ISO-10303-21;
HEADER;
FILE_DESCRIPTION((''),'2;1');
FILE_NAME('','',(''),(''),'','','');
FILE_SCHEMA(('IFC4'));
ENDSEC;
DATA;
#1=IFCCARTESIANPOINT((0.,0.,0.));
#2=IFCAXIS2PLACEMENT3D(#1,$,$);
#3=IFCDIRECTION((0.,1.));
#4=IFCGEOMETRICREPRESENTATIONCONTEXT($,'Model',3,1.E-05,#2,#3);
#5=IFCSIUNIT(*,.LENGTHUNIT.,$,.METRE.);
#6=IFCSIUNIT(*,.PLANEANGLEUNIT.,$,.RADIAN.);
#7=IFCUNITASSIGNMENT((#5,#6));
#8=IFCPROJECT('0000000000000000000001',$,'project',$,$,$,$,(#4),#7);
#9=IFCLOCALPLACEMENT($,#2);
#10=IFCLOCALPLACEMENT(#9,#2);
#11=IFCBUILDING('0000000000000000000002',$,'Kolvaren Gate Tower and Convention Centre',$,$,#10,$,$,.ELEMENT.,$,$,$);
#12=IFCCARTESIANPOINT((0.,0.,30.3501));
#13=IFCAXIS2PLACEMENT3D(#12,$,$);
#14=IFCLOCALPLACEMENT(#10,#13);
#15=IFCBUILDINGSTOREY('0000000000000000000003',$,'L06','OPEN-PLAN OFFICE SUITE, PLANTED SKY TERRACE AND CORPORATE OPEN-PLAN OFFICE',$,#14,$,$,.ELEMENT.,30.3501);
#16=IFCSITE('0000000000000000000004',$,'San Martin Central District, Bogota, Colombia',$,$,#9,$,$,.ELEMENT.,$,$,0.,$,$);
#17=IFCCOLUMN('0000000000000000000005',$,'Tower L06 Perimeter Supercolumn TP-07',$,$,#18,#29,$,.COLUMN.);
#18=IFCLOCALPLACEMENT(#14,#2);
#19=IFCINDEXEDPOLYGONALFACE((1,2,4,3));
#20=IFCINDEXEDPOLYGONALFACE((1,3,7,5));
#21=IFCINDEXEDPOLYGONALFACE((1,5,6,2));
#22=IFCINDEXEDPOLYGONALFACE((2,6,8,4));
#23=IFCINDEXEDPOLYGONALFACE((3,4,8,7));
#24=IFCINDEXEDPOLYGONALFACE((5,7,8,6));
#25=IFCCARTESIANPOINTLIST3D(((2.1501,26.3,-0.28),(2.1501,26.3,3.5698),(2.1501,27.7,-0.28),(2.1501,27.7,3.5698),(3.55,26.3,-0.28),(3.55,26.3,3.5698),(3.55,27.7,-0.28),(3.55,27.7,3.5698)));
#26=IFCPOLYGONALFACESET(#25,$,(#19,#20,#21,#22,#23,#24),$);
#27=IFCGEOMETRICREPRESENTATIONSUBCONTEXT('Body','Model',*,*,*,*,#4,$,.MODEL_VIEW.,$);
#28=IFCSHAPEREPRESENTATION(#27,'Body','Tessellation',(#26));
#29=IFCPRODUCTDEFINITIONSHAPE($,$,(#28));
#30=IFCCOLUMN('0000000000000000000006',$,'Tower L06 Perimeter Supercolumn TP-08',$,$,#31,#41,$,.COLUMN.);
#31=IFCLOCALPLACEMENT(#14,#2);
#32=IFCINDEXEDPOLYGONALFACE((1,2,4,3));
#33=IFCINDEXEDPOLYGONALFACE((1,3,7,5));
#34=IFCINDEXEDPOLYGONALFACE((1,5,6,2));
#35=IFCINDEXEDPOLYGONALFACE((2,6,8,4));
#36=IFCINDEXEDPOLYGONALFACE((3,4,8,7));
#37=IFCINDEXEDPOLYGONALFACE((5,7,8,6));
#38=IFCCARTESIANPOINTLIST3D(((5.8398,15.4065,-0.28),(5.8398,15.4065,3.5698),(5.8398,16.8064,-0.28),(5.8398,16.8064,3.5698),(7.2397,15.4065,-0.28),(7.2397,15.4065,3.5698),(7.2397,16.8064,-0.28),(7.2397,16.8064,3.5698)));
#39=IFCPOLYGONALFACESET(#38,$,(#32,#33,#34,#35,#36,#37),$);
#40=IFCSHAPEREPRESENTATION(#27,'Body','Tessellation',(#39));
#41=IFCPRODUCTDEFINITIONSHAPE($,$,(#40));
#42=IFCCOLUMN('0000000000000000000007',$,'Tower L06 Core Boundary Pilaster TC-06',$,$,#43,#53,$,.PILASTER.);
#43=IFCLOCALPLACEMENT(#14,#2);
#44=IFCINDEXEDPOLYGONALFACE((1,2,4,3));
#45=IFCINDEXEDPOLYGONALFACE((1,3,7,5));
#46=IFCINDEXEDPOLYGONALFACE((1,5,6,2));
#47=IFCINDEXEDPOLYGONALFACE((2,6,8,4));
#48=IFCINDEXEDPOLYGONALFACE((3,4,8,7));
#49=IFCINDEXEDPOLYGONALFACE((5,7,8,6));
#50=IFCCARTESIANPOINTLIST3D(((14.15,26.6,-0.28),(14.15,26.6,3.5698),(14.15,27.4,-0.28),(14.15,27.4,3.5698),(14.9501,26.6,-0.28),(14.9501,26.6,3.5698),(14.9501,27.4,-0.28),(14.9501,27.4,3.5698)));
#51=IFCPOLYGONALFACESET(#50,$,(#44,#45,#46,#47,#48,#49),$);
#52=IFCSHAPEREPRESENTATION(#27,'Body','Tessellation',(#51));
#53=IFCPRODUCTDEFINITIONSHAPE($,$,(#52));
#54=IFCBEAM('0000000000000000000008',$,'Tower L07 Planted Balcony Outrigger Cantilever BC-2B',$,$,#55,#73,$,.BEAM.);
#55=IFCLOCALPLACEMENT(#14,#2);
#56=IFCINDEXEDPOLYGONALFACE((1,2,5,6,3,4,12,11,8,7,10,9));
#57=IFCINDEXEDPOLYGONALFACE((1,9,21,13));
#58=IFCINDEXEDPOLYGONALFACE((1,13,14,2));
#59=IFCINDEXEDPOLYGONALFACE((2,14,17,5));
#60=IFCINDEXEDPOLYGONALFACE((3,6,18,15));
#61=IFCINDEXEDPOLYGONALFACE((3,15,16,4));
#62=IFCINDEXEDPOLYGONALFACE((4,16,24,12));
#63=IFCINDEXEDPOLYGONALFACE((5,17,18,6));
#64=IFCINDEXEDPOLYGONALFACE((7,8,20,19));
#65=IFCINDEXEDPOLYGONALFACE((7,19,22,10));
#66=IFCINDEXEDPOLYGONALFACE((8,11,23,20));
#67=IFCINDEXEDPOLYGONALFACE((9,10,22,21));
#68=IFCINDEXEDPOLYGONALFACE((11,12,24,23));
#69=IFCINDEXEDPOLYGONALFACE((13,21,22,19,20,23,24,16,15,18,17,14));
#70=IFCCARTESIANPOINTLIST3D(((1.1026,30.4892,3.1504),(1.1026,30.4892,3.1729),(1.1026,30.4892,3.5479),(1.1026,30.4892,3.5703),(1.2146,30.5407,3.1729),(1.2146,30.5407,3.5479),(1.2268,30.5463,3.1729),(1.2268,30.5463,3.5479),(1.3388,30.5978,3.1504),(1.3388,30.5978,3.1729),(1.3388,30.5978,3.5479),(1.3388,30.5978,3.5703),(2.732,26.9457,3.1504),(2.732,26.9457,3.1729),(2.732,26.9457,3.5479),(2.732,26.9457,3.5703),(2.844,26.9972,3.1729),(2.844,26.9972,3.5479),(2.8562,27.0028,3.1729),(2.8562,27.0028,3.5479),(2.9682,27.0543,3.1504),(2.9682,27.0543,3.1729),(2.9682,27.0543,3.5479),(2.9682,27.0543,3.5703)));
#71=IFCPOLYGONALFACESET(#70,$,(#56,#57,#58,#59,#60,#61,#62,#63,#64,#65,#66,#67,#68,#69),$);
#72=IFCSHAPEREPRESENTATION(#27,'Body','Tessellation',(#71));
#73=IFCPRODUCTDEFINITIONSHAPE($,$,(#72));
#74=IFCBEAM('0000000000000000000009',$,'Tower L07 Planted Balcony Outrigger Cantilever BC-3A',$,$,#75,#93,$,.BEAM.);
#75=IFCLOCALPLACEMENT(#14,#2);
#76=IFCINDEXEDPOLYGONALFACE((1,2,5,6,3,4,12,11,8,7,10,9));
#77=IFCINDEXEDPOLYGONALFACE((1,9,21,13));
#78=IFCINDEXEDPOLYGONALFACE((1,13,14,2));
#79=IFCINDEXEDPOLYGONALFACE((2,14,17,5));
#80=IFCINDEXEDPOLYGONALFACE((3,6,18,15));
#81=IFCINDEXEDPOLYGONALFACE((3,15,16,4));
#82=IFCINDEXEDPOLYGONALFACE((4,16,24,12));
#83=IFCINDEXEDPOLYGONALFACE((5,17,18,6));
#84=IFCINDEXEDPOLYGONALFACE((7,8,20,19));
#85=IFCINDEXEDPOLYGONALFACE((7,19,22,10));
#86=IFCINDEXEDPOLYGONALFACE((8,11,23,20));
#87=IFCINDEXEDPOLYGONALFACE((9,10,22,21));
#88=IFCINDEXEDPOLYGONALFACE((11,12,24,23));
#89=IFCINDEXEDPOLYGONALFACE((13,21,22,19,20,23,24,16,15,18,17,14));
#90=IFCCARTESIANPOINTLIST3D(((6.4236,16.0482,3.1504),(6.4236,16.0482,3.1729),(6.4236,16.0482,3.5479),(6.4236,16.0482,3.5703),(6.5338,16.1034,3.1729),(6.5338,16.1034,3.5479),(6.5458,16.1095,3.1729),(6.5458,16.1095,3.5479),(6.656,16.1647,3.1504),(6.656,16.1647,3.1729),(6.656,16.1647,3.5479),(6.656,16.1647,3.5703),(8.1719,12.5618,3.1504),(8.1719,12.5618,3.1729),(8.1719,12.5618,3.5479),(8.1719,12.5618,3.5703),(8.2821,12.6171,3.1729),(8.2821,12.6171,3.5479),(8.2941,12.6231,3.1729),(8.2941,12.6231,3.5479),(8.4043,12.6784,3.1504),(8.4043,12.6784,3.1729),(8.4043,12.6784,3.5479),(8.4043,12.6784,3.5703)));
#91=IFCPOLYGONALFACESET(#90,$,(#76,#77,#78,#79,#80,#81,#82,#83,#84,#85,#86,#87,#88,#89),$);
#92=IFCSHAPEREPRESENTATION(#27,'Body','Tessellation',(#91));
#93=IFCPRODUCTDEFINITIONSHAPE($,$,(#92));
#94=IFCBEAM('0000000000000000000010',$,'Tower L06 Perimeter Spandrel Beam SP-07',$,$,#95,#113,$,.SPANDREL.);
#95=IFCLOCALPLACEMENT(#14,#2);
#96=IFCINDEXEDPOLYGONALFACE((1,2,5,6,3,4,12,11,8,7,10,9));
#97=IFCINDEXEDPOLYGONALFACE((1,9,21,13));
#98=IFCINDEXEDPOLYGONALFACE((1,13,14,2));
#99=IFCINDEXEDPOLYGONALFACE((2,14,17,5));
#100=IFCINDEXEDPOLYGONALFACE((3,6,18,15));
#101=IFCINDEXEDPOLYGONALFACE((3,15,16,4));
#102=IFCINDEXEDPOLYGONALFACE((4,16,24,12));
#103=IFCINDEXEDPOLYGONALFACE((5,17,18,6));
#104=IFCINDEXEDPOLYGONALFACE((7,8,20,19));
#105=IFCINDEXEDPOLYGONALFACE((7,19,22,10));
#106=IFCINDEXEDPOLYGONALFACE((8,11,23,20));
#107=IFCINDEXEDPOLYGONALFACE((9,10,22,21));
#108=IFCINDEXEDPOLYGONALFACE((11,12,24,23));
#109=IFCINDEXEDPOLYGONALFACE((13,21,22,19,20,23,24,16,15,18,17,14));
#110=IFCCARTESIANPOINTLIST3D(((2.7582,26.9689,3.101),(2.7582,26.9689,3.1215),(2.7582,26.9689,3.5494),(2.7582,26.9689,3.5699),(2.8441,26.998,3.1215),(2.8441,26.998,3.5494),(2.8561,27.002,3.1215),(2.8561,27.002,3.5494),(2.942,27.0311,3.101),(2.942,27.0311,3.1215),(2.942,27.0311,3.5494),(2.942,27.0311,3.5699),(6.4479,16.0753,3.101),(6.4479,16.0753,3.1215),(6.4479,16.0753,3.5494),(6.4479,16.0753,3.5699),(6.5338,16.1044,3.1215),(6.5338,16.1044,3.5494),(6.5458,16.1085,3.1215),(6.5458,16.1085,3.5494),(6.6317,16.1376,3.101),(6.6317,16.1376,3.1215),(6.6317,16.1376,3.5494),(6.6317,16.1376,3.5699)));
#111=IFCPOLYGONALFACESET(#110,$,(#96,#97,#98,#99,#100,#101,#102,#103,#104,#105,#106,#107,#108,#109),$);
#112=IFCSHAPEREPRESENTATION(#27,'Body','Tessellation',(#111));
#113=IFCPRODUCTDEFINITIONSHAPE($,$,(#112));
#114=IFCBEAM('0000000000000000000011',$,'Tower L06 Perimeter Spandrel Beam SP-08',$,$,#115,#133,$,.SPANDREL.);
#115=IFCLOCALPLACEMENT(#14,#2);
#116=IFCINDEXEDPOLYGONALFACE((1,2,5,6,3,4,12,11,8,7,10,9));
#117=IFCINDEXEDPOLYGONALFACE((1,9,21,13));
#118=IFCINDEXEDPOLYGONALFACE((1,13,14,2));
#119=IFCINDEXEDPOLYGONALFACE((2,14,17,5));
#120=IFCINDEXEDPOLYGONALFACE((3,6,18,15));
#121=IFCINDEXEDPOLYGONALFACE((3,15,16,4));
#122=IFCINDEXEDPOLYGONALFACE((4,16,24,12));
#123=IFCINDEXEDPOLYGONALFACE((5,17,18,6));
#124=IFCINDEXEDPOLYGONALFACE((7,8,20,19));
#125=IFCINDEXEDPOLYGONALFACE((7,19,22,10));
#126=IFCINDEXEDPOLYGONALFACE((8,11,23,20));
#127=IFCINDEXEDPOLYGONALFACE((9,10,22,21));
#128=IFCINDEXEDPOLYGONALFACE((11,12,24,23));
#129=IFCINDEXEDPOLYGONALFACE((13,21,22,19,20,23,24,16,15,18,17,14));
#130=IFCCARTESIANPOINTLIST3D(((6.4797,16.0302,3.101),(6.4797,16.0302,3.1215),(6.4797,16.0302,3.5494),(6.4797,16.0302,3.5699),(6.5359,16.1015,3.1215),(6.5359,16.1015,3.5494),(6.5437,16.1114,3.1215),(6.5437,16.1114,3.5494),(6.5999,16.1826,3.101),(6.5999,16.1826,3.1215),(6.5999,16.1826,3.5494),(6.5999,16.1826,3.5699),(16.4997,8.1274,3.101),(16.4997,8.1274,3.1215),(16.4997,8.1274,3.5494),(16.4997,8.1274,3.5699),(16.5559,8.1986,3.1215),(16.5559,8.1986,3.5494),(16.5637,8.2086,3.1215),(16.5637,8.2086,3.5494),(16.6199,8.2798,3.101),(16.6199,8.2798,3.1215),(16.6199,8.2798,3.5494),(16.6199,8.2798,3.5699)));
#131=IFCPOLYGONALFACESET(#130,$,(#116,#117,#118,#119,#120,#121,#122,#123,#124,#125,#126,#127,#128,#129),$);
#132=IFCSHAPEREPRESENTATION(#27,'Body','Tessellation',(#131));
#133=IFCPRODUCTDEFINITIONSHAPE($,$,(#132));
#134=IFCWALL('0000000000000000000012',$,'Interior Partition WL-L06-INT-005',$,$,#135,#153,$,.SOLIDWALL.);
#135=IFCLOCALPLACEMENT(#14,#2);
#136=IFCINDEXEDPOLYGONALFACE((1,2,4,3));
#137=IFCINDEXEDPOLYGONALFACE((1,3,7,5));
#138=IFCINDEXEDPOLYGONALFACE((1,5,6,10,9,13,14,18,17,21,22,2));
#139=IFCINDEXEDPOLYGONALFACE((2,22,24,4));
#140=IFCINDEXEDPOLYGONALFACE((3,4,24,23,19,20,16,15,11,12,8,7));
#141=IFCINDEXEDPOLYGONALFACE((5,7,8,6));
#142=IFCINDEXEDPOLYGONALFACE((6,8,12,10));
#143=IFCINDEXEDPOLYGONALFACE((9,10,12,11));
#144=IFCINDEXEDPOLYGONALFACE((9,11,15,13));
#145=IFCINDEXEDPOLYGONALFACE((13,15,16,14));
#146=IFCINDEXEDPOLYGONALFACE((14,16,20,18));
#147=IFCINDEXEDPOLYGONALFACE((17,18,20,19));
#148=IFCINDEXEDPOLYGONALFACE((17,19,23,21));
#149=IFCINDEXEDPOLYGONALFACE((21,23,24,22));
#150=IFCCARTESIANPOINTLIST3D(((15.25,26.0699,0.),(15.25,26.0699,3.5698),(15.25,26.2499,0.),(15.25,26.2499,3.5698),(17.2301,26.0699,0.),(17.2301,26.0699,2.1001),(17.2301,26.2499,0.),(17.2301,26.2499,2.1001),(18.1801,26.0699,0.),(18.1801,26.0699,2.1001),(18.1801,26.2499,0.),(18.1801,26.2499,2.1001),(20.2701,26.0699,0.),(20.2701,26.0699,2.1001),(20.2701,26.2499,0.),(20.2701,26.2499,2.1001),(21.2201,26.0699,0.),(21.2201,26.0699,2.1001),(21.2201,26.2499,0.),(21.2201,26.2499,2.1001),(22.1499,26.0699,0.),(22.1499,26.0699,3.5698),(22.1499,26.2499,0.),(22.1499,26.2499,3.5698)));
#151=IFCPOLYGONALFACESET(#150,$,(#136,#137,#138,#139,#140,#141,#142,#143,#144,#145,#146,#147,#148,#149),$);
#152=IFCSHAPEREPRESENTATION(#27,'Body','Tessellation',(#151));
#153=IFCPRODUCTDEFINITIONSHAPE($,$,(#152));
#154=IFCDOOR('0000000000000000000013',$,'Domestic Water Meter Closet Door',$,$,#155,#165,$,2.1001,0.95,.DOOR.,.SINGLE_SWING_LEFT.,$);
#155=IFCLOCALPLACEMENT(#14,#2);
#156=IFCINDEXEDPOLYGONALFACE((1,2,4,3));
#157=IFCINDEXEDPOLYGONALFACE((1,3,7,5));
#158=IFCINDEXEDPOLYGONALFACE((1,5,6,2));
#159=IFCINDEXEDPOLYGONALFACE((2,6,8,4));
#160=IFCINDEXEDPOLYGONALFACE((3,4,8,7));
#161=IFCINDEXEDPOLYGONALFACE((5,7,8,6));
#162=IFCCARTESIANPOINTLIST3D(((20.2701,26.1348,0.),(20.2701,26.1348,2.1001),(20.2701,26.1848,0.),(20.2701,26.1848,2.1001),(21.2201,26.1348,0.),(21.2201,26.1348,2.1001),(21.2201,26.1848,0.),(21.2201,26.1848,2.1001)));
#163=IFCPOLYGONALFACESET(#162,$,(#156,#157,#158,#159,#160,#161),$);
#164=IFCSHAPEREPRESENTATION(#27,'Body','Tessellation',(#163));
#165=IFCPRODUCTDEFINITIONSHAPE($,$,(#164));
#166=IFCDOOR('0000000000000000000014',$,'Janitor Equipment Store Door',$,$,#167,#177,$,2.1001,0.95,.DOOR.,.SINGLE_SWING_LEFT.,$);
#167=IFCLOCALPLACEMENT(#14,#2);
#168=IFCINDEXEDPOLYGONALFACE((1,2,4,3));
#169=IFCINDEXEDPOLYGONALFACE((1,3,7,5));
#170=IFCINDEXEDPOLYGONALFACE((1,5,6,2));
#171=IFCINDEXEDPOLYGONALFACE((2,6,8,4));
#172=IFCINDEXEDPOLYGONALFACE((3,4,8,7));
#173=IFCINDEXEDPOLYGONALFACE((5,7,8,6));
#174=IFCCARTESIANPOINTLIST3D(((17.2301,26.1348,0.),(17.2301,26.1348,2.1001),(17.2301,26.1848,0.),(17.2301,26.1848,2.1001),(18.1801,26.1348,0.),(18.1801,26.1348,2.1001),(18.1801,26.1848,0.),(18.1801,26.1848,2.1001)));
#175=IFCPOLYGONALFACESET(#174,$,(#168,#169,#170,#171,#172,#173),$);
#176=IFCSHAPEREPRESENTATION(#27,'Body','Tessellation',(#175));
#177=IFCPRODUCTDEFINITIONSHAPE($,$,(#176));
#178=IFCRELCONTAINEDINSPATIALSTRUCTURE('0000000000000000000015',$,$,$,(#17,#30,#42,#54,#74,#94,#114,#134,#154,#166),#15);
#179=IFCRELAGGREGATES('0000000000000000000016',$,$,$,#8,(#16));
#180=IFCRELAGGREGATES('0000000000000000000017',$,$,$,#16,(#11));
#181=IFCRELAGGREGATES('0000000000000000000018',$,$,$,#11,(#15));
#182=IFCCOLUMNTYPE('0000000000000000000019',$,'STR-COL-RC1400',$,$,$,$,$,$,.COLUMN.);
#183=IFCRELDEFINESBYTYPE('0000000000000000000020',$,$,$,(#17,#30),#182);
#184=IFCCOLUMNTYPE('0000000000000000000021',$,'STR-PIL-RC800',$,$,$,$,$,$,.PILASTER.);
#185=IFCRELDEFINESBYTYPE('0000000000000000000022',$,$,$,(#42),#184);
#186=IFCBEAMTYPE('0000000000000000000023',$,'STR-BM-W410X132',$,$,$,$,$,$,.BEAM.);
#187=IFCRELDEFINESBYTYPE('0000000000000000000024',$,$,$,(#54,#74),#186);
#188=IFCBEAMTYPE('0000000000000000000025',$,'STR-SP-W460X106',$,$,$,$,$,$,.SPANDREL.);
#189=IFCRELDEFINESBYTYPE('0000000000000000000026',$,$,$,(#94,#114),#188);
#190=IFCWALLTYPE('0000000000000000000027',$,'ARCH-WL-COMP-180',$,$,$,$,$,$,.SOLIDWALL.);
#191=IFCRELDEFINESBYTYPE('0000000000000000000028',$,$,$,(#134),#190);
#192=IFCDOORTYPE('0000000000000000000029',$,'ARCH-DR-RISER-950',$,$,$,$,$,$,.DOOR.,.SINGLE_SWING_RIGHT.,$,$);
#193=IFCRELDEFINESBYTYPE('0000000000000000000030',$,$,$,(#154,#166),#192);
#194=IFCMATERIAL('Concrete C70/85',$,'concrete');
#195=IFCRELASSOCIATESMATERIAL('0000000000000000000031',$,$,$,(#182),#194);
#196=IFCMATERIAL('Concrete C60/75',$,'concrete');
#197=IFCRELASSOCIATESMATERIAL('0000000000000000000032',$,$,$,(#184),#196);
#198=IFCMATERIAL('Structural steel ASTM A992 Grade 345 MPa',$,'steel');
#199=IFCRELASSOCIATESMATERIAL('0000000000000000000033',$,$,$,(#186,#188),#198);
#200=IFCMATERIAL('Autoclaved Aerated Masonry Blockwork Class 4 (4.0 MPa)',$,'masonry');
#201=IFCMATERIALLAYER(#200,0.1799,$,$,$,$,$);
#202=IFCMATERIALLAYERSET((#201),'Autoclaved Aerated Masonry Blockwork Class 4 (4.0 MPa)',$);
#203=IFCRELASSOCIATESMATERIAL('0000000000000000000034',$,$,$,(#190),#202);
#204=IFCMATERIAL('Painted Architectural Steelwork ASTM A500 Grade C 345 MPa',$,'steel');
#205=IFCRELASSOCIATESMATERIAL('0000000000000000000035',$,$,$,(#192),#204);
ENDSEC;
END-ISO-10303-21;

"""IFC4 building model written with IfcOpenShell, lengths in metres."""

from ifc_helpers import new_model, si_unit, direction, frame, frame_2d, origin, origin_2d, place, context, subcontext, project, spatial, rectangle, i_section, extrude, material, layer, layer_set, material_profile, profile_set, type_object, element, fill, save


model = new_model("IFC4")

# Units and contexts
model_context = context("Model", 3, precision=1e-05, world=origin(), true_north=direction((0.0, 1.0)))
body_context = subcontext(model_context, "Body", "Model", "MODEL_VIEW")
ifc_project = project(units=[si_unit("LENGTHUNIT", "METRE"), si_unit("PLANEANGLEUNIT", "RADIAN")], contexts=[model_context])

# Site, building, storey
site_placement = place(None, origin())
site = spatial("IfcSite", under=ifc_project, at=site_placement, Name="San Martin Central District, Bogota, Colombia", CompositionType="ELEMENT", RefElevation=0.0)
building_placement = place(site_placement, origin())
building = spatial("IfcBuilding", under=site, at=building_placement, Name="Kolvaren Gate Tower and Convention Centre", CompositionType="ELEMENT")
storey_placement = place(building_placement, frame((0.0, 0.0, 30.3501)))
storey = spatial("IfcBuildingStorey", under=building, at=storey_placement, Name="L06", Description="OPEN-PLAN OFFICE SUITE, PLANTED SKY TERRACE AND CORPORATE OPEN-PLAN OFFICE", CompositionType="ELEMENT", Elevation=30.3501)

# Columns
ifc_material_1 = material(Name="Concrete C70/85", Category="concrete")
ifc_material_profile_1 = material_profile(ifc_material_1, rectangle(XDim=1.3999, YDim=1.3999, at=origin_2d()), Name="RC-COL-1400X1400")
ifc_profile_set_1 = profile_set([ifc_material_profile_1], Name="Concrete C70/85")
column_type_1 = type_object("IfcColumnType", Name="STR-COL-RC1400", PredefinedType="COLUMN", material=ifc_profile_set_1)
for number, where, z_axis, x_axis, name in (
    (1, (2.8501, 27.0, -0.28), (0.0, 0.0, 1.0), (1.0, 0.0, 0.0), "Tower L06 Perimeter Supercolumn TP-07"),
    (2, (6.5398, 16.1064, -0.28), (0.0, 0.0, 1.0), (1.0, 0.0, 0.0), "Tower L06 Perimeter Supercolumn TP-08"),
):
    element("IfcColumn", number, at=place(storey_placement, frame(where, z_axis=z_axis, x_axis=x_axis)), inside=storey, type_object=column_type_1, Name=name, PredefinedType="COLUMN", context=body_context, shape_type="SweptSolid", body=[
        extrude(rectangle(XDim=1.3999, YDim=1.3999, at=origin_2d()), origin(), (0.0, 0.0, 1.0), 3.8499),
    ])
ifc_material_2 = material(Name="Concrete C60/75", Category="concrete")
ifc_material_profile_2 = material_profile(ifc_material_2, rectangle(XDim=0.8, YDim=0.8, at=origin_2d()), Name="RC-COL-800X800")
ifc_profile_set_2 = profile_set([ifc_material_profile_2], Name="Concrete C60/75")
column_type_2 = type_object("IfcColumnType", Name="STR-PIL-RC800", PredefinedType="PILASTER", material=ifc_profile_set_2)
column_placement = place(storey_placement, frame((14.55, 27.0, -0.28), z_axis=(0.0, 0.0, 1.0), x_axis=(1.0, 0.0, 0.0)))
element("IfcColumn", 3, at=column_placement, inside=storey, type_object=column_type_2, Name="Tower L06 Core Boundary Pilaster TC-06", PredefinedType="PILASTER", context=body_context, shape_type="SweptSolid", body=[
    extrude(rectangle(XDim=0.8, YDim=0.8, at=origin_2d()), origin(), (0.0, 0.0, 1.0), 3.8499),
])

# Beams
ifc_material_3 = material(Name="Structural steel ASTM A992 Grade 345 MPa", Category="steel")
ifc_material_profile_3 = material_profile(ifc_material_3, i_section(OverallWidth=0.26, OverallDepth=0.4199, WebThickness=0.0134, FlangeThickness=0.0225, at=origin_2d()), Name="W410X132")
ifc_profile_set_3 = profile_set([ifc_material_profile_3], Name="Structural steel ASTM A992 Grade 345 MPa")
beam_type_1 = type_object("IfcBeamType", Name="STR-BM-W410X132", PredefinedType="BEAM", material=ifc_profile_set_3)
for number, where, z_axis, x_axis, name in (
    (4, (2.8501, 27.0, 3.3604), (-0.41778, 0.908548, 0.0), (-0.908548, -0.41778, 0.0), "Tower L07 Planted Balcony Outrigger Cantilever BC-2B"),
    (5, (6.5398, 16.1064, 3.3604), (0.448265, -0.893901, 0.0), (0.893901, 0.448265, 0.0), "Tower L07 Planted Balcony Outrigger Cantilever BC-3A"),
):
    element("IfcBeam", number, at=place(storey_placement, frame(where, z_axis=z_axis, x_axis=x_axis)), inside=storey, type_object=beam_type_1, Name=name, PredefinedType="BEAM", context=body_context, shape_type="SweptSolid", body=[
        extrude(i_section(OverallWidth=0.26, OverallDepth=0.4199, WebThickness=0.0134, FlangeThickness=0.0225, at=origin_2d()), origin(), (0.0, 0.0, 1.0), 3.9001),
    ])
ifc_material_profile_4 = material_profile(ifc_material_3, i_section(OverallWidth=0.1941, OverallDepth=0.469, WebThickness=0.0127, FlangeThickness=0.0205, at=origin_2d()), Name="W460X106")
ifc_profile_set_4 = profile_set([ifc_material_profile_4], Name="Structural steel ASTM A992 Grade 345 MPa")
beam_type_2 = type_object("IfcBeamType", Name="STR-SP-W460X106", PredefinedType="SPANDREL", material=ifc_profile_set_4)
beam_1_placement = place(storey_placement, frame((2.8501, 27.0, 3.3354), z_axis=(0.320803, -0.947146, 0.0), x_axis=(0.947146, 0.320803, 0.0)))
element("IfcBeam", 6, at=beam_1_placement, inside=storey, type_object=beam_type_2, Name="Tower L06 Perimeter Spandrel Beam SP-07", PredefinedType="SPANDREL", context=body_context, shape_type="SweptSolid", body=[
    extrude(i_section(OverallWidth=0.1941, OverallDepth=0.469, WebThickness=0.0127, FlangeThickness=0.0205, at=origin_2d()), origin(), (0.0, 0.0, 1.0), 11.5015),
])
beam_2_placement = place(storey_placement, frame((6.5398, 16.1064, 3.3354), z_axis=(0.785176, -0.619272, 0.0), x_axis=(0.619272, 0.785176, 0.0)))
element("IfcBeam", 7, at=beam_2_placement, inside=storey, type_object=beam_type_2, Name="Tower L06 Perimeter Spandrel Beam SP-08", PredefinedType="SPANDREL", context=body_context, shape_type="SweptSolid", body=[
    extrude(i_section(OverallWidth=0.1941, OverallDepth=0.469, WebThickness=0.0127, FlangeThickness=0.0205, at=origin_2d()), origin(), (0.0, 0.0, 1.0), 12.7615),
])

# Wall, openings, doors
ifc_material_4 = material(Name="Autoclaved Aerated Masonry Blockwork Class 4 (4.0 MPa)", Category="masonry")
ifc_layer_1 = layer(ifc_material_4, 0.1799)
ifc_layer_set_1 = layer_set([ifc_layer_1], Name="Autoclaved Aerated Masonry Blockwork Class 4 (4.0 MPa)")
wall_type_1 = type_object("IfcWallType", Name="ARCH-WL-COMP-180", PredefinedType="SOLIDWALL", material=ifc_layer_set_1)
wall_1_placement = place(storey_placement, frame((15.25, 26.1599, 0.0), z_axis=(0.0, 0.0, 1.0), x_axis=(1.0, 0.0, 0.0)))
wall_1 = element("IfcWall", 8, at=wall_1_placement, inside=storey, type_object=wall_type_1, Name="Interior Partition WL-L06-INT-005", PredefinedType="SOLIDWALL", context=body_context, shape_type="SweptSolid", body=[
    extrude(rectangle(XDim=6.8999, YDim=0.1799, at=frame_2d((3.45, 0.0))), origin(), (0.0, 0.0, 1.0), 3.5698),
])
opening_1_placement = place(wall_1_placement, frame((5.02, 0.0, 0.0)))
opening_1 = element("IfcOpeningElement", 9, at=opening_1_placement, cuts=wall_1, PredefinedType="OPENING", context=body_context, shape_type="SweptSolid", body=[
    extrude(rectangle(XDim=0.95, YDim=2.1001, at=frame_2d((0.4751, 1.05))), frame((0.0, 0.0999, 0.0), z_axis=(0.0, -1.0, 0.0), x_axis=(1.0, 0.0, 0.0)), (0.0, 0.0, 1.0), 0.2),
])
opening_2_placement = place(wall_1_placement, frame((1.98, 0.0, 0.0)))
opening_2 = element("IfcOpeningElement", 10, at=opening_2_placement, cuts=wall_1, PredefinedType="OPENING", context=body_context, shape_type="SweptSolid", body=[
    extrude(rectangle(XDim=0.95, YDim=2.1001, at=frame_2d((0.4751, 1.05))), frame((0.0, 0.0999, 0.0), z_axis=(0.0, -1.0, 0.0), x_axis=(1.0, 0.0, 0.0)), (0.0, 0.0, 1.0), 0.2),
])
ifc_material_5 = material(Name="Painted Architectural Steelwork ASTM A500 Grade C 345 MPa", Category="steel")
door_type_1 = type_object("IfcDoorType", Name="ARCH-DR-RISER-950", OperationType="SINGLE_SWING_RIGHT", PredefinedType="DOOR", material=ifc_material_5)
door_1_placement = place(opening_1_placement, origin())
door_1 = element("IfcDoor", 11, at=door_1_placement, inside=storey, type_object=door_type_1, Name="Domestic Water Meter Closet Door", OperationType="SINGLE_SWING_LEFT", OverallHeight=2.1001, OverallWidth=0.95, PredefinedType="DOOR", context=body_context, shape_type="SweptSolid", body=[
    extrude(rectangle(XDim=0.95, YDim=2.1001, at=frame_2d((0.4751, 1.05))), frame((0.0, 0.0249, 0.0), z_axis=(0.0, -1.0, 0.0), x_axis=(1.0, 0.0, 0.0)), (0.0, 0.0, 1.0), 0.05),
])
fill(opening_1, door_1)
door_2_placement = place(opening_2_placement, origin())
door_2 = element("IfcDoor", 12, at=door_2_placement, inside=storey, type_object=door_type_1, Name="Janitor Equipment Store Door", OperationType="SINGLE_SWING_LEFT", OverallHeight=2.1001, OverallWidth=0.95, PredefinedType="DOOR", context=body_context, shape_type="SweptSolid", body=[
    extrude(rectangle(XDim=0.95, YDim=2.1001, at=frame_2d((0.4751, 1.05))), frame((0.0, 0.0249, 0.0), z_axis=(0.0, -1.0, 0.0), x_axis=(1.0, 0.0, 0.0)), (0.0, 0.0, 1.0), 0.05),
])
fill(opening_2, door_2)

save(model, "model.ifc")
